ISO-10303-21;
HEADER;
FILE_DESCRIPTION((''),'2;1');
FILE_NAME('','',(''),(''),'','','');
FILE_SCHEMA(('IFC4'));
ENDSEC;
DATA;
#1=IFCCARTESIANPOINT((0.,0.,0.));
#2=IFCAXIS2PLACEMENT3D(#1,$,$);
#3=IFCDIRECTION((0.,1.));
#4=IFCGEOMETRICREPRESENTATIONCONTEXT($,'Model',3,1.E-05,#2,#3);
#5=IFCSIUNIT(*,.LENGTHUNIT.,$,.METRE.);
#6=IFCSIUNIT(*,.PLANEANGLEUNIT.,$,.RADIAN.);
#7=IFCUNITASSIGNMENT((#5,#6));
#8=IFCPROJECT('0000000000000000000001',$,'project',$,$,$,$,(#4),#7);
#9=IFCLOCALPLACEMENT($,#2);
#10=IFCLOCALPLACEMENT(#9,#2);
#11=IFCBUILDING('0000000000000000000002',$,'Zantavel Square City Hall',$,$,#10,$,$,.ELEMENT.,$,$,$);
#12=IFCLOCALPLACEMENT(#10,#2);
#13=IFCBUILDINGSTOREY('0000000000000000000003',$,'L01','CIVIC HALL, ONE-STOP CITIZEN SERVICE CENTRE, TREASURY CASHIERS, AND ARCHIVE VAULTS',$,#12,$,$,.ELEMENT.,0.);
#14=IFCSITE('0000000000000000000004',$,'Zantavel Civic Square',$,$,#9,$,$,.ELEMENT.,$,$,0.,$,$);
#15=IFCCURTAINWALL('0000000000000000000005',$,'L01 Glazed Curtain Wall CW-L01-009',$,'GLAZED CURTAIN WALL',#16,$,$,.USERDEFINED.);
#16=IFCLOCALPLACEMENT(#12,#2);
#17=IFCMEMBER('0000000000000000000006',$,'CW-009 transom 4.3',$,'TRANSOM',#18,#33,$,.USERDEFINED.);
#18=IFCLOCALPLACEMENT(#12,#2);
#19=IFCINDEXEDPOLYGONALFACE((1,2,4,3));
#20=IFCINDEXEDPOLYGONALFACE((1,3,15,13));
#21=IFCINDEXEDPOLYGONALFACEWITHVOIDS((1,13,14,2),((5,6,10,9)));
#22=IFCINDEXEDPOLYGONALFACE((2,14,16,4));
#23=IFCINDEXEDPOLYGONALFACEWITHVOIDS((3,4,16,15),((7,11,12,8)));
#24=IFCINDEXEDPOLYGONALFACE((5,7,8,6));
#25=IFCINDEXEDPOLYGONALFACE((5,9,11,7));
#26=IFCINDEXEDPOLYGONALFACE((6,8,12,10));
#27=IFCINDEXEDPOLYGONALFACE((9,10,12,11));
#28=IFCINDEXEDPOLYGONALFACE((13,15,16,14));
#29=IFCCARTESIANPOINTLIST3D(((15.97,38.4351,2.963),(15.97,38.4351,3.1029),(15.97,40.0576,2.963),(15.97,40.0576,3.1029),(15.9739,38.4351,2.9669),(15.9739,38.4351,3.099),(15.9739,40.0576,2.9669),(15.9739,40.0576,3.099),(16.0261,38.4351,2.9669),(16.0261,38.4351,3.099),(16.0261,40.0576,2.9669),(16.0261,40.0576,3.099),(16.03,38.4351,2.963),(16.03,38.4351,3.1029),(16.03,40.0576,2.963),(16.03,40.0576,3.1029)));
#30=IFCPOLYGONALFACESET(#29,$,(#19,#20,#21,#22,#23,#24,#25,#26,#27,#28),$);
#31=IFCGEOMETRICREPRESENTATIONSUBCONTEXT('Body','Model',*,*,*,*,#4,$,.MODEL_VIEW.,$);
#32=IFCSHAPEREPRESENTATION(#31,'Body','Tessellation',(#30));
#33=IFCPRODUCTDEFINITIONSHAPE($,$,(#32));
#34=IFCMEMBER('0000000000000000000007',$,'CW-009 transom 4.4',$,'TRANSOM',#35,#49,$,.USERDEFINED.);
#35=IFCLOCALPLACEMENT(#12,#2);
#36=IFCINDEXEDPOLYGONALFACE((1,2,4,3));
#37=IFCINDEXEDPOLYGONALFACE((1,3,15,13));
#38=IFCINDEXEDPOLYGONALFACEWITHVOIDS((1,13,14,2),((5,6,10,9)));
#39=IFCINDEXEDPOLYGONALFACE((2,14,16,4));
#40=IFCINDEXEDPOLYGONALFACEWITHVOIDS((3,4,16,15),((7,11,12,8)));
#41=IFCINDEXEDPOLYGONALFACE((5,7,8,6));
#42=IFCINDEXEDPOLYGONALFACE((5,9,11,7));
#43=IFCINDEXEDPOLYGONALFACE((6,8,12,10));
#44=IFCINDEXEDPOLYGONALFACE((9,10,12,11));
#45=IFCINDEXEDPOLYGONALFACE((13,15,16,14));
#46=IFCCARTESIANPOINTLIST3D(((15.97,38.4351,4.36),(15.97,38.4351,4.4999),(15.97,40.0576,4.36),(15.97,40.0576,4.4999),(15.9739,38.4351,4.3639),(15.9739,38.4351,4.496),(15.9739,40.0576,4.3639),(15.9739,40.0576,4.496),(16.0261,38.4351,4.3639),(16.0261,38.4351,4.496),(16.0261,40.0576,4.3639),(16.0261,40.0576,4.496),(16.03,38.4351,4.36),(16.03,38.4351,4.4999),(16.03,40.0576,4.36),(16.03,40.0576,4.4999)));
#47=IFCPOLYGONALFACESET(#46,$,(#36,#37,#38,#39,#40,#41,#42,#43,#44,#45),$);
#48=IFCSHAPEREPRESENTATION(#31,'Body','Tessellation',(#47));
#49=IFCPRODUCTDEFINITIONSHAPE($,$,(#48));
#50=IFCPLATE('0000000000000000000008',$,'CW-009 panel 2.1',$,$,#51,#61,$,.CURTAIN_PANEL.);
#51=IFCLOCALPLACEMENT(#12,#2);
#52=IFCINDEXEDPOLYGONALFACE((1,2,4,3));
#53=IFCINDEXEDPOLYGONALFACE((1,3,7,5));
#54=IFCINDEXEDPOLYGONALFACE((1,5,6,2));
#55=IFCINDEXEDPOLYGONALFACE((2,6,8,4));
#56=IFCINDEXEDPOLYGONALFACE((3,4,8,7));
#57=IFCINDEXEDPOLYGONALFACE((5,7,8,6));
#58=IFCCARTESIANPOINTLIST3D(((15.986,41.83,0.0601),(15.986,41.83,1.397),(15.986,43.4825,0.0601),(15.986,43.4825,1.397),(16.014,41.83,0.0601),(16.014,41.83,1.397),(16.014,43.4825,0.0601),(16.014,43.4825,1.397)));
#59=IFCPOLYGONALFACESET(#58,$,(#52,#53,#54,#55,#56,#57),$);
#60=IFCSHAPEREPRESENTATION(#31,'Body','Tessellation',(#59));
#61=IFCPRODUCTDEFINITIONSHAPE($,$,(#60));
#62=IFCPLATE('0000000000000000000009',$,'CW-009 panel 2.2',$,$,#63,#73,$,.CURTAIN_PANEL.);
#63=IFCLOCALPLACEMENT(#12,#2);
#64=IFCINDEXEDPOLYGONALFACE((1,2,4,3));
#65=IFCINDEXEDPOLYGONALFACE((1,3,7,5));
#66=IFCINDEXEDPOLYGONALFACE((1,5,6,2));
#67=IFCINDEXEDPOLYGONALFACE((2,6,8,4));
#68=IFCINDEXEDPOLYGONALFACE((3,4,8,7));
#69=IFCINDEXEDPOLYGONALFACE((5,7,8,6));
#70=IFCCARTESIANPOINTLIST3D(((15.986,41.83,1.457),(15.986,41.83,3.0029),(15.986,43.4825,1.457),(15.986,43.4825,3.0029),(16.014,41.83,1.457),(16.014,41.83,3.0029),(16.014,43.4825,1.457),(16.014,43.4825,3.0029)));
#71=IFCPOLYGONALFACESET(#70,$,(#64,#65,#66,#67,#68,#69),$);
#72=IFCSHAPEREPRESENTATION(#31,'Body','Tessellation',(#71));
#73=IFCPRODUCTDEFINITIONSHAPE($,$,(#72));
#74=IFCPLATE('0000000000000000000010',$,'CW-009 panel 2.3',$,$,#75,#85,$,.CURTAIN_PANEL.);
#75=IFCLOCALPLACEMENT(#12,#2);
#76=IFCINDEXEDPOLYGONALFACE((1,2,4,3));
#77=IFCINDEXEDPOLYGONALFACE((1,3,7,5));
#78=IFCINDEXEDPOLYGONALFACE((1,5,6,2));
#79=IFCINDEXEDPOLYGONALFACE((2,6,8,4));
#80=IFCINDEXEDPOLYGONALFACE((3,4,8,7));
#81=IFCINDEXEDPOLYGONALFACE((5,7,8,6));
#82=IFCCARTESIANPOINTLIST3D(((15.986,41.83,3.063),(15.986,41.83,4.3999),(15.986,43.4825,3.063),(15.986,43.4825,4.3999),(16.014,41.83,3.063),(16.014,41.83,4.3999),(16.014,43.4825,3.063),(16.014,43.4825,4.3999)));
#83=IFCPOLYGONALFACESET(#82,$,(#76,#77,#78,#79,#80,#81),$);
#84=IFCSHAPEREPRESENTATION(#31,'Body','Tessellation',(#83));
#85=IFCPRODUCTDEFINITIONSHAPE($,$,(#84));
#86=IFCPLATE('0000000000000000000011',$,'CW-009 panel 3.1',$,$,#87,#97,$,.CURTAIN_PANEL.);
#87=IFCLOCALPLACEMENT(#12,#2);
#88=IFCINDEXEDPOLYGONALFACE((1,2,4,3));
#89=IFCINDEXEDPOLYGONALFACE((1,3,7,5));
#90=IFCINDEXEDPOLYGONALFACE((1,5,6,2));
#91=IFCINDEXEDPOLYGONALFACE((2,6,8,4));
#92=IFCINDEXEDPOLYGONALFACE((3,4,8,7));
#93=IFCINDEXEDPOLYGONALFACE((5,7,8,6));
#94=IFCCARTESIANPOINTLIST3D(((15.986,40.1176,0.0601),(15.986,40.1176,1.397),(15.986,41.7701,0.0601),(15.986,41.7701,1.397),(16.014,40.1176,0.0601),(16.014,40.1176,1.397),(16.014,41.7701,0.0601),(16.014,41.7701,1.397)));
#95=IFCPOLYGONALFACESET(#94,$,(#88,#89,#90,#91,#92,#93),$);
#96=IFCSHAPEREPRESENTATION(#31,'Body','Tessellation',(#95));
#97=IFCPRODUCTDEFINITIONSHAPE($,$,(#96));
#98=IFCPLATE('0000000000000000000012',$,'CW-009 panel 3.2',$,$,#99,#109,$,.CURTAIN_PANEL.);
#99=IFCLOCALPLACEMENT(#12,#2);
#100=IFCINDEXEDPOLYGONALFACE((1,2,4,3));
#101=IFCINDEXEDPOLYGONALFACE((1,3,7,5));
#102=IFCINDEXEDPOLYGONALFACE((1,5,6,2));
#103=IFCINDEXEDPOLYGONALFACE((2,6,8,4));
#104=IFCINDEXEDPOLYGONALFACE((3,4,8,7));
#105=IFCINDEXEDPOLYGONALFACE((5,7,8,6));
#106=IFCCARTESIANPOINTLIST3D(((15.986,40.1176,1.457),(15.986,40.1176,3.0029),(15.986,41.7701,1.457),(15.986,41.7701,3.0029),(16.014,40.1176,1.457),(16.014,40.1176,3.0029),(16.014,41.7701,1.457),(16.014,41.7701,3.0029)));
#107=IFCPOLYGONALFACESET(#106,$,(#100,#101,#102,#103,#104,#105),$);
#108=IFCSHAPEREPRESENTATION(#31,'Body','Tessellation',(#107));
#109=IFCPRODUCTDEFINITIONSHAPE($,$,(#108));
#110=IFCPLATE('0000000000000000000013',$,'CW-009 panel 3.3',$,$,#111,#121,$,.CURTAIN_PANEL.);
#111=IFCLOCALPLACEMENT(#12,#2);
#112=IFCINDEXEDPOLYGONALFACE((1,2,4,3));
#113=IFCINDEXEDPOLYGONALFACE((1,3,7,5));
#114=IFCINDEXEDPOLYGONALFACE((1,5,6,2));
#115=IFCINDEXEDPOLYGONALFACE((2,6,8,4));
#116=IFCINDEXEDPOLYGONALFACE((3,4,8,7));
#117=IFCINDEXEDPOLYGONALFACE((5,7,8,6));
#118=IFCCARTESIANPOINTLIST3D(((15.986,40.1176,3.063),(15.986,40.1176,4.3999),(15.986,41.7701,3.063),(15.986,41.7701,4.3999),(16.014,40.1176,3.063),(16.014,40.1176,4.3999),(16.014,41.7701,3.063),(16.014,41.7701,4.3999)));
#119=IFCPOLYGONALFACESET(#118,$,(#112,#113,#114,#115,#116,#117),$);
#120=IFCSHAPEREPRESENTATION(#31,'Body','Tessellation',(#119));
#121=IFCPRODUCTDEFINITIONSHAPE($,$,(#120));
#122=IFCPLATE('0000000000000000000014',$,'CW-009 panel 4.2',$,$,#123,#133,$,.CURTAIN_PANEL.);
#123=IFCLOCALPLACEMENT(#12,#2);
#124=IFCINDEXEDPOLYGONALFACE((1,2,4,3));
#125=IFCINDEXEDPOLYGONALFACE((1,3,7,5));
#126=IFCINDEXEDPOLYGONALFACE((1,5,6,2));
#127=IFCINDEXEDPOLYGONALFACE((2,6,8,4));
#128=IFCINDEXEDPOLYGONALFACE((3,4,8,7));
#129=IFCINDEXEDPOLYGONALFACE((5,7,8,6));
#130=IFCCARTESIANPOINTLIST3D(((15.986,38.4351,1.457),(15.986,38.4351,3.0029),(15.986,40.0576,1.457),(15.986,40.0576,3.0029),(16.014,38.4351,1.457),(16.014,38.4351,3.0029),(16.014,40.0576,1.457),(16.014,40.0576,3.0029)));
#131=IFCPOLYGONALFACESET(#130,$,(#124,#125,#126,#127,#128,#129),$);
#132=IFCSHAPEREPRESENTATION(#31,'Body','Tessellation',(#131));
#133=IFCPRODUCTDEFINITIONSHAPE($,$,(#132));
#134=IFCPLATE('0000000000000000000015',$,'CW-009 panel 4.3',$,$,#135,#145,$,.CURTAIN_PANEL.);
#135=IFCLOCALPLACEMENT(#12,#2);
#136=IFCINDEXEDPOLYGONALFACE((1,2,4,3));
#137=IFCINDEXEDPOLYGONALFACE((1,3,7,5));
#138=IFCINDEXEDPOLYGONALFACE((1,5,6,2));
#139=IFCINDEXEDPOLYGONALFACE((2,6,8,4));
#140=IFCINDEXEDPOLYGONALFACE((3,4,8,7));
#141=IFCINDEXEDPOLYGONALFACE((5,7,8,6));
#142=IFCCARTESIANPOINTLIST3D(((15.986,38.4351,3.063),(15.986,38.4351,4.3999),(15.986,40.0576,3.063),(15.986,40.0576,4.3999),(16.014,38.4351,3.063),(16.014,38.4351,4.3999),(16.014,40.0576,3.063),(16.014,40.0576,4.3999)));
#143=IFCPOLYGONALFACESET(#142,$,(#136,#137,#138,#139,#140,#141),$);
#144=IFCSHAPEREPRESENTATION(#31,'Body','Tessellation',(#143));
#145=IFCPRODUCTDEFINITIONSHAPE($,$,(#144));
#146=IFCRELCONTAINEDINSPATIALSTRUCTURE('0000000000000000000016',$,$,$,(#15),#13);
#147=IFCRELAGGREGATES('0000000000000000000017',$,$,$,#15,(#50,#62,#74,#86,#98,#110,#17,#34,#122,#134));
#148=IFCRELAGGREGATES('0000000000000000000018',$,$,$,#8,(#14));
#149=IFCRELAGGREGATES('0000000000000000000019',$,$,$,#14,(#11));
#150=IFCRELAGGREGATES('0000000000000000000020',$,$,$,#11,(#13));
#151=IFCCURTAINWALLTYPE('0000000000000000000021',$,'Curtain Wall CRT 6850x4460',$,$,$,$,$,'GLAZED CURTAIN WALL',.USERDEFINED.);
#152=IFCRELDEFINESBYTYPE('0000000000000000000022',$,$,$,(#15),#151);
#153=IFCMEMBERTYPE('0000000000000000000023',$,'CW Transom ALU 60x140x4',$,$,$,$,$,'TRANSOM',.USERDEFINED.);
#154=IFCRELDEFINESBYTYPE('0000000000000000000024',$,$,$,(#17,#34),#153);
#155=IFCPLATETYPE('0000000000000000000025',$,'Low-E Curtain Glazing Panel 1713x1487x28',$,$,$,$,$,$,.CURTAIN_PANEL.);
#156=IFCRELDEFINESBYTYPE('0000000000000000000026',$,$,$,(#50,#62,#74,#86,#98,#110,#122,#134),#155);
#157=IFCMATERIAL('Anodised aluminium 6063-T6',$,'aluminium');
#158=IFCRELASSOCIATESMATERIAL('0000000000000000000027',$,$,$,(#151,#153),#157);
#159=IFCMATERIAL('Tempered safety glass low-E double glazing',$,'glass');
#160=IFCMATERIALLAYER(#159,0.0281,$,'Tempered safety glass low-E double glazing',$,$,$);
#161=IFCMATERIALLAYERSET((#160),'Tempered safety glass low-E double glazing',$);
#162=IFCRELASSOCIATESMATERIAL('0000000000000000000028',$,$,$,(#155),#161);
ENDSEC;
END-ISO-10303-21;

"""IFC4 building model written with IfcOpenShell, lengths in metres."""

from ifc_helpers import new_model, si_unit, direction, frame, origin, origin_2d, place, context, subcontext, project, spatial, rectangle, hollow_rectangle, extrude, material, layer, layer_set, material_profile, profile_set, type_object, element, aggregate, save


model = new_model("IFC4")

# Units and contexts
model_context = context("Model", 3, precision=1e-05, world=origin(), true_north=direction((0.0, 1.0)))
body_context = subcontext(model_context, "Body", "Model", "MODEL_VIEW")
ifc_project = project(units=[si_unit("LENGTHUNIT", "METRE"), si_unit("PLANEANGLEUNIT", "RADIAN")], contexts=[model_context])

# Site, building, storey
site_placement = place(None, origin())
site = spatial("IfcSite", under=ifc_project, at=site_placement, Name="Zantavel Civic Square", CompositionType="ELEMENT", RefElevation=0.0)
building_placement = place(site_placement, origin())
building = spatial("IfcBuilding", under=site, at=building_placement, Name="Zantavel Square City Hall", CompositionType="ELEMENT")
storey_placement = place(building_placement, origin())
storey = spatial("IfcBuildingStorey", under=building, at=storey_placement, Name="L01", Description="CIVIC HALL, ONE-STOP CITIZEN SERVICE CENTRE, TREASURY CASHIERS, AND ARCHIVE VAULTS", CompositionType="ELEMENT", Elevation=0.0)

# Curtain wall, members, plates
ifc_material_1 = material(Name="Anodised aluminium 6063-T6", Category="aluminium")
curtain_wall_type = type_object("IfcCurtainWallType", Name="Curtain Wall CRT 6850x4460", ElementType="GLAZED CURTAIN WALL", PredefinedType="USERDEFINED", material=ifc_material_1)
curtain_wall_placement = place(storey_placement, origin())
curtain_wall = element("IfcCurtainWall", 1, at=curtain_wall_placement, inside=storey, type_object=curtain_wall_type, Name="L01 Glazed Curtain Wall CW-L01-009", ObjectType="GLAZED CURTAIN WALL", PredefinedType="USERDEFINED")
ifc_material_profile_1 = material_profile(ifc_material_1, hollow_rectangle(XDim=0.0601, YDim=0.1399, WallThickness=0.0039, at=origin_2d()), Name="ALU 60x140x4")
ifc_profile_set_1 = profile_set([ifc_material_profile_1], Name="Anodised aluminium 6063-T6")
member_type_1 = type_object("IfcMemberType", Name="CW Transom ALU 60x140x4", ElementType="TRANSOM", PredefinedType="USERDEFINED", material=ifc_profile_set_1)
member_1_placement = place(storey_placement, frame((16.0, 40.0576, 3.033), z_axis=(0.0, -1.0, 0.0), x_axis=(1.0, 0.0, 0.0)))
member_1 = element("IfcMember", 2, at=member_1_placement, type_object=member_type_1, Name="CW-009 transom 4.3", ObjectType="TRANSOM", PredefinedType="USERDEFINED", context=body_context, shape_type="SweptSolid", body=[
    extrude(hollow_rectangle(XDim=0.0601, YDim=0.1399, WallThickness=0.0039, at=origin_2d()), origin(), (0.0, 0.0, 1.0), 1.6226),
])
member_2_placement = place(storey_placement, frame((16.0, 40.0576, 4.4299), z_axis=(0.0, -1.0, 0.0), x_axis=(1.0, 0.0, 0.0)))
member_2 = element("IfcMember", 3, at=member_2_placement, type_object=member_type_1, Name="CW-009 transom 4.4", ObjectType="TRANSOM", PredefinedType="USERDEFINED", context=body_context, shape_type="SweptSolid", body=[
    extrude(hollow_rectangle(XDim=0.0601, YDim=0.1399, WallThickness=0.0039, at=origin_2d()), origin(), (0.0, 0.0, 1.0), 1.6226),
])
ifc_material_2 = material(Name="Tempered safety glass low-E double glazing", Category="glass")
ifc_layer = layer(ifc_material_2, 0.0281, Name="Tempered safety glass low-E double glazing")
ifc_layer_set = layer_set([ifc_layer], Name="Tempered safety glass low-E double glazing")
plate_type = type_object("IfcPlateType", Name="Low-E Curtain Glazing Panel 1713x1487x28", PredefinedType="CURTAIN_PANEL", material=ifc_layer_set)
plate_1_placement = place(storey_placement, frame((16.0, 42.6562, 0.0601), z_axis=(0.0, 0.0, 1.0), x_axis=(0.0, -1.0, 0.0)))
plate_1 = element("IfcPlate", 4, at=plate_1_placement, type_object=plate_type, Name="CW-009 panel 2.1", PredefinedType="CURTAIN_PANEL", context=body_context, shape_type="SweptSolid", body=[
    extrude(rectangle(XDim=1.6526, YDim=0.0281, at=origin_2d()), origin(), (0.0, 0.0, 1.0), 1.3369),
])
plate_2_placement = place(storey_placement, frame((16.0, 42.6562, 1.457), z_axis=(0.0, 0.0, 1.0), x_axis=(0.0, -1.0, 0.0)))
plate_2 = element("IfcPlate", 5, at=plate_2_placement, type_object=plate_type, Name="CW-009 panel 2.2", PredefinedType="CURTAIN_PANEL", context=body_context, shape_type="SweptSolid", body=[
    extrude(rectangle(XDim=1.6526, YDim=0.0281, at=origin_2d()), origin(), (0.0, 0.0, 1.0), 1.5459),
])
plate_3_placement = place(storey_placement, frame((16.0, 42.6562, 3.063), z_axis=(0.0, 0.0, 1.0), x_axis=(0.0, -1.0, 0.0)))
plate_3 = element("IfcPlate", 6, at=plate_3_placement, type_object=plate_type, Name="CW-009 panel 2.3", PredefinedType="CURTAIN_PANEL", context=body_context, shape_type="SweptSolid", body=[
    extrude(rectangle(XDim=1.6526, YDim=0.0281, at=origin_2d()), origin(), (0.0, 0.0, 1.0), 1.3369),
])
plate_4_placement = place(storey_placement, frame((16.0, 40.9438, 0.0601), z_axis=(0.0, 0.0, 1.0), x_axis=(0.0, -1.0, 0.0)))
plate_4 = element("IfcPlate", 7, at=plate_4_placement, type_object=plate_type, Name="CW-009 panel 3.1", PredefinedType="CURTAIN_PANEL", context=body_context, shape_type="SweptSolid", body=[
    extrude(rectangle(XDim=1.6526, YDim=0.0281, at=origin_2d()), origin(), (0.0, 0.0, 1.0), 1.3369),
])
plate_5_placement = place(storey_placement, frame((16.0, 40.9438, 1.457), z_axis=(0.0, 0.0, 1.0), x_axis=(0.0, -1.0, 0.0)))
plate_5 = element("IfcPlate", 8, at=plate_5_placement, type_object=plate_type, Name="CW-009 panel 3.2", PredefinedType="CURTAIN_PANEL", context=body_context, shape_type="SweptSolid", body=[
    extrude(rectangle(XDim=1.6526, YDim=0.0281, at=origin_2d()), origin(), (0.0, 0.0, 1.0), 1.5459),
])
plate_6_placement = place(storey_placement, frame((16.0, 40.9438, 3.063), z_axis=(0.0, 0.0, 1.0), x_axis=(0.0, -1.0, 0.0)))
plate_6 = element("IfcPlate", 9, at=plate_6_placement, type_object=plate_type, Name="CW-009 panel 3.3", PredefinedType="CURTAIN_PANEL", context=body_context, shape_type="SweptSolid", body=[
    extrude(rectangle(XDim=1.6526, YDim=0.0281, at=origin_2d()), origin(), (0.0, 0.0, 1.0), 1.3369),
])
plate_7_placement = place(storey_placement, frame((16.0, 39.2463, 1.457), z_axis=(0.0, 0.0, 1.0), x_axis=(0.0, -1.0, 0.0)))
plate_7 = element("IfcPlate", 10, at=plate_7_placement, type_object=plate_type, Name="CW-009 panel 4.2", PredefinedType="CURTAIN_PANEL", context=body_context, shape_type="SweptSolid", body=[
    extrude(rectangle(XDim=1.6226, YDim=0.0281, at=origin_2d()), origin(), (0.0, 0.0, 1.0), 1.5459),
])
plate_8_placement = place(storey_placement, frame((16.0, 39.2463, 3.063), z_axis=(0.0, 0.0, 1.0), x_axis=(0.0, -1.0, 0.0)))
plate_8 = element("IfcPlate", 11, at=plate_8_placement, type_object=plate_type, Name="CW-009 panel 4.3", PredefinedType="CURTAIN_PANEL", context=body_context, shape_type="SweptSolid", body=[
    extrude(rectangle(XDim=1.6226, YDim=0.0281, at=origin_2d()), origin(), (0.0, 0.0, 1.0), 1.3369),
])
aggregate(curtain_wall, [plate_1, plate_2, plate_3, plate_4, plate_5, plate_6, member_1, member_2, plate_7, plate_8])

save(model, "model.ifc")
